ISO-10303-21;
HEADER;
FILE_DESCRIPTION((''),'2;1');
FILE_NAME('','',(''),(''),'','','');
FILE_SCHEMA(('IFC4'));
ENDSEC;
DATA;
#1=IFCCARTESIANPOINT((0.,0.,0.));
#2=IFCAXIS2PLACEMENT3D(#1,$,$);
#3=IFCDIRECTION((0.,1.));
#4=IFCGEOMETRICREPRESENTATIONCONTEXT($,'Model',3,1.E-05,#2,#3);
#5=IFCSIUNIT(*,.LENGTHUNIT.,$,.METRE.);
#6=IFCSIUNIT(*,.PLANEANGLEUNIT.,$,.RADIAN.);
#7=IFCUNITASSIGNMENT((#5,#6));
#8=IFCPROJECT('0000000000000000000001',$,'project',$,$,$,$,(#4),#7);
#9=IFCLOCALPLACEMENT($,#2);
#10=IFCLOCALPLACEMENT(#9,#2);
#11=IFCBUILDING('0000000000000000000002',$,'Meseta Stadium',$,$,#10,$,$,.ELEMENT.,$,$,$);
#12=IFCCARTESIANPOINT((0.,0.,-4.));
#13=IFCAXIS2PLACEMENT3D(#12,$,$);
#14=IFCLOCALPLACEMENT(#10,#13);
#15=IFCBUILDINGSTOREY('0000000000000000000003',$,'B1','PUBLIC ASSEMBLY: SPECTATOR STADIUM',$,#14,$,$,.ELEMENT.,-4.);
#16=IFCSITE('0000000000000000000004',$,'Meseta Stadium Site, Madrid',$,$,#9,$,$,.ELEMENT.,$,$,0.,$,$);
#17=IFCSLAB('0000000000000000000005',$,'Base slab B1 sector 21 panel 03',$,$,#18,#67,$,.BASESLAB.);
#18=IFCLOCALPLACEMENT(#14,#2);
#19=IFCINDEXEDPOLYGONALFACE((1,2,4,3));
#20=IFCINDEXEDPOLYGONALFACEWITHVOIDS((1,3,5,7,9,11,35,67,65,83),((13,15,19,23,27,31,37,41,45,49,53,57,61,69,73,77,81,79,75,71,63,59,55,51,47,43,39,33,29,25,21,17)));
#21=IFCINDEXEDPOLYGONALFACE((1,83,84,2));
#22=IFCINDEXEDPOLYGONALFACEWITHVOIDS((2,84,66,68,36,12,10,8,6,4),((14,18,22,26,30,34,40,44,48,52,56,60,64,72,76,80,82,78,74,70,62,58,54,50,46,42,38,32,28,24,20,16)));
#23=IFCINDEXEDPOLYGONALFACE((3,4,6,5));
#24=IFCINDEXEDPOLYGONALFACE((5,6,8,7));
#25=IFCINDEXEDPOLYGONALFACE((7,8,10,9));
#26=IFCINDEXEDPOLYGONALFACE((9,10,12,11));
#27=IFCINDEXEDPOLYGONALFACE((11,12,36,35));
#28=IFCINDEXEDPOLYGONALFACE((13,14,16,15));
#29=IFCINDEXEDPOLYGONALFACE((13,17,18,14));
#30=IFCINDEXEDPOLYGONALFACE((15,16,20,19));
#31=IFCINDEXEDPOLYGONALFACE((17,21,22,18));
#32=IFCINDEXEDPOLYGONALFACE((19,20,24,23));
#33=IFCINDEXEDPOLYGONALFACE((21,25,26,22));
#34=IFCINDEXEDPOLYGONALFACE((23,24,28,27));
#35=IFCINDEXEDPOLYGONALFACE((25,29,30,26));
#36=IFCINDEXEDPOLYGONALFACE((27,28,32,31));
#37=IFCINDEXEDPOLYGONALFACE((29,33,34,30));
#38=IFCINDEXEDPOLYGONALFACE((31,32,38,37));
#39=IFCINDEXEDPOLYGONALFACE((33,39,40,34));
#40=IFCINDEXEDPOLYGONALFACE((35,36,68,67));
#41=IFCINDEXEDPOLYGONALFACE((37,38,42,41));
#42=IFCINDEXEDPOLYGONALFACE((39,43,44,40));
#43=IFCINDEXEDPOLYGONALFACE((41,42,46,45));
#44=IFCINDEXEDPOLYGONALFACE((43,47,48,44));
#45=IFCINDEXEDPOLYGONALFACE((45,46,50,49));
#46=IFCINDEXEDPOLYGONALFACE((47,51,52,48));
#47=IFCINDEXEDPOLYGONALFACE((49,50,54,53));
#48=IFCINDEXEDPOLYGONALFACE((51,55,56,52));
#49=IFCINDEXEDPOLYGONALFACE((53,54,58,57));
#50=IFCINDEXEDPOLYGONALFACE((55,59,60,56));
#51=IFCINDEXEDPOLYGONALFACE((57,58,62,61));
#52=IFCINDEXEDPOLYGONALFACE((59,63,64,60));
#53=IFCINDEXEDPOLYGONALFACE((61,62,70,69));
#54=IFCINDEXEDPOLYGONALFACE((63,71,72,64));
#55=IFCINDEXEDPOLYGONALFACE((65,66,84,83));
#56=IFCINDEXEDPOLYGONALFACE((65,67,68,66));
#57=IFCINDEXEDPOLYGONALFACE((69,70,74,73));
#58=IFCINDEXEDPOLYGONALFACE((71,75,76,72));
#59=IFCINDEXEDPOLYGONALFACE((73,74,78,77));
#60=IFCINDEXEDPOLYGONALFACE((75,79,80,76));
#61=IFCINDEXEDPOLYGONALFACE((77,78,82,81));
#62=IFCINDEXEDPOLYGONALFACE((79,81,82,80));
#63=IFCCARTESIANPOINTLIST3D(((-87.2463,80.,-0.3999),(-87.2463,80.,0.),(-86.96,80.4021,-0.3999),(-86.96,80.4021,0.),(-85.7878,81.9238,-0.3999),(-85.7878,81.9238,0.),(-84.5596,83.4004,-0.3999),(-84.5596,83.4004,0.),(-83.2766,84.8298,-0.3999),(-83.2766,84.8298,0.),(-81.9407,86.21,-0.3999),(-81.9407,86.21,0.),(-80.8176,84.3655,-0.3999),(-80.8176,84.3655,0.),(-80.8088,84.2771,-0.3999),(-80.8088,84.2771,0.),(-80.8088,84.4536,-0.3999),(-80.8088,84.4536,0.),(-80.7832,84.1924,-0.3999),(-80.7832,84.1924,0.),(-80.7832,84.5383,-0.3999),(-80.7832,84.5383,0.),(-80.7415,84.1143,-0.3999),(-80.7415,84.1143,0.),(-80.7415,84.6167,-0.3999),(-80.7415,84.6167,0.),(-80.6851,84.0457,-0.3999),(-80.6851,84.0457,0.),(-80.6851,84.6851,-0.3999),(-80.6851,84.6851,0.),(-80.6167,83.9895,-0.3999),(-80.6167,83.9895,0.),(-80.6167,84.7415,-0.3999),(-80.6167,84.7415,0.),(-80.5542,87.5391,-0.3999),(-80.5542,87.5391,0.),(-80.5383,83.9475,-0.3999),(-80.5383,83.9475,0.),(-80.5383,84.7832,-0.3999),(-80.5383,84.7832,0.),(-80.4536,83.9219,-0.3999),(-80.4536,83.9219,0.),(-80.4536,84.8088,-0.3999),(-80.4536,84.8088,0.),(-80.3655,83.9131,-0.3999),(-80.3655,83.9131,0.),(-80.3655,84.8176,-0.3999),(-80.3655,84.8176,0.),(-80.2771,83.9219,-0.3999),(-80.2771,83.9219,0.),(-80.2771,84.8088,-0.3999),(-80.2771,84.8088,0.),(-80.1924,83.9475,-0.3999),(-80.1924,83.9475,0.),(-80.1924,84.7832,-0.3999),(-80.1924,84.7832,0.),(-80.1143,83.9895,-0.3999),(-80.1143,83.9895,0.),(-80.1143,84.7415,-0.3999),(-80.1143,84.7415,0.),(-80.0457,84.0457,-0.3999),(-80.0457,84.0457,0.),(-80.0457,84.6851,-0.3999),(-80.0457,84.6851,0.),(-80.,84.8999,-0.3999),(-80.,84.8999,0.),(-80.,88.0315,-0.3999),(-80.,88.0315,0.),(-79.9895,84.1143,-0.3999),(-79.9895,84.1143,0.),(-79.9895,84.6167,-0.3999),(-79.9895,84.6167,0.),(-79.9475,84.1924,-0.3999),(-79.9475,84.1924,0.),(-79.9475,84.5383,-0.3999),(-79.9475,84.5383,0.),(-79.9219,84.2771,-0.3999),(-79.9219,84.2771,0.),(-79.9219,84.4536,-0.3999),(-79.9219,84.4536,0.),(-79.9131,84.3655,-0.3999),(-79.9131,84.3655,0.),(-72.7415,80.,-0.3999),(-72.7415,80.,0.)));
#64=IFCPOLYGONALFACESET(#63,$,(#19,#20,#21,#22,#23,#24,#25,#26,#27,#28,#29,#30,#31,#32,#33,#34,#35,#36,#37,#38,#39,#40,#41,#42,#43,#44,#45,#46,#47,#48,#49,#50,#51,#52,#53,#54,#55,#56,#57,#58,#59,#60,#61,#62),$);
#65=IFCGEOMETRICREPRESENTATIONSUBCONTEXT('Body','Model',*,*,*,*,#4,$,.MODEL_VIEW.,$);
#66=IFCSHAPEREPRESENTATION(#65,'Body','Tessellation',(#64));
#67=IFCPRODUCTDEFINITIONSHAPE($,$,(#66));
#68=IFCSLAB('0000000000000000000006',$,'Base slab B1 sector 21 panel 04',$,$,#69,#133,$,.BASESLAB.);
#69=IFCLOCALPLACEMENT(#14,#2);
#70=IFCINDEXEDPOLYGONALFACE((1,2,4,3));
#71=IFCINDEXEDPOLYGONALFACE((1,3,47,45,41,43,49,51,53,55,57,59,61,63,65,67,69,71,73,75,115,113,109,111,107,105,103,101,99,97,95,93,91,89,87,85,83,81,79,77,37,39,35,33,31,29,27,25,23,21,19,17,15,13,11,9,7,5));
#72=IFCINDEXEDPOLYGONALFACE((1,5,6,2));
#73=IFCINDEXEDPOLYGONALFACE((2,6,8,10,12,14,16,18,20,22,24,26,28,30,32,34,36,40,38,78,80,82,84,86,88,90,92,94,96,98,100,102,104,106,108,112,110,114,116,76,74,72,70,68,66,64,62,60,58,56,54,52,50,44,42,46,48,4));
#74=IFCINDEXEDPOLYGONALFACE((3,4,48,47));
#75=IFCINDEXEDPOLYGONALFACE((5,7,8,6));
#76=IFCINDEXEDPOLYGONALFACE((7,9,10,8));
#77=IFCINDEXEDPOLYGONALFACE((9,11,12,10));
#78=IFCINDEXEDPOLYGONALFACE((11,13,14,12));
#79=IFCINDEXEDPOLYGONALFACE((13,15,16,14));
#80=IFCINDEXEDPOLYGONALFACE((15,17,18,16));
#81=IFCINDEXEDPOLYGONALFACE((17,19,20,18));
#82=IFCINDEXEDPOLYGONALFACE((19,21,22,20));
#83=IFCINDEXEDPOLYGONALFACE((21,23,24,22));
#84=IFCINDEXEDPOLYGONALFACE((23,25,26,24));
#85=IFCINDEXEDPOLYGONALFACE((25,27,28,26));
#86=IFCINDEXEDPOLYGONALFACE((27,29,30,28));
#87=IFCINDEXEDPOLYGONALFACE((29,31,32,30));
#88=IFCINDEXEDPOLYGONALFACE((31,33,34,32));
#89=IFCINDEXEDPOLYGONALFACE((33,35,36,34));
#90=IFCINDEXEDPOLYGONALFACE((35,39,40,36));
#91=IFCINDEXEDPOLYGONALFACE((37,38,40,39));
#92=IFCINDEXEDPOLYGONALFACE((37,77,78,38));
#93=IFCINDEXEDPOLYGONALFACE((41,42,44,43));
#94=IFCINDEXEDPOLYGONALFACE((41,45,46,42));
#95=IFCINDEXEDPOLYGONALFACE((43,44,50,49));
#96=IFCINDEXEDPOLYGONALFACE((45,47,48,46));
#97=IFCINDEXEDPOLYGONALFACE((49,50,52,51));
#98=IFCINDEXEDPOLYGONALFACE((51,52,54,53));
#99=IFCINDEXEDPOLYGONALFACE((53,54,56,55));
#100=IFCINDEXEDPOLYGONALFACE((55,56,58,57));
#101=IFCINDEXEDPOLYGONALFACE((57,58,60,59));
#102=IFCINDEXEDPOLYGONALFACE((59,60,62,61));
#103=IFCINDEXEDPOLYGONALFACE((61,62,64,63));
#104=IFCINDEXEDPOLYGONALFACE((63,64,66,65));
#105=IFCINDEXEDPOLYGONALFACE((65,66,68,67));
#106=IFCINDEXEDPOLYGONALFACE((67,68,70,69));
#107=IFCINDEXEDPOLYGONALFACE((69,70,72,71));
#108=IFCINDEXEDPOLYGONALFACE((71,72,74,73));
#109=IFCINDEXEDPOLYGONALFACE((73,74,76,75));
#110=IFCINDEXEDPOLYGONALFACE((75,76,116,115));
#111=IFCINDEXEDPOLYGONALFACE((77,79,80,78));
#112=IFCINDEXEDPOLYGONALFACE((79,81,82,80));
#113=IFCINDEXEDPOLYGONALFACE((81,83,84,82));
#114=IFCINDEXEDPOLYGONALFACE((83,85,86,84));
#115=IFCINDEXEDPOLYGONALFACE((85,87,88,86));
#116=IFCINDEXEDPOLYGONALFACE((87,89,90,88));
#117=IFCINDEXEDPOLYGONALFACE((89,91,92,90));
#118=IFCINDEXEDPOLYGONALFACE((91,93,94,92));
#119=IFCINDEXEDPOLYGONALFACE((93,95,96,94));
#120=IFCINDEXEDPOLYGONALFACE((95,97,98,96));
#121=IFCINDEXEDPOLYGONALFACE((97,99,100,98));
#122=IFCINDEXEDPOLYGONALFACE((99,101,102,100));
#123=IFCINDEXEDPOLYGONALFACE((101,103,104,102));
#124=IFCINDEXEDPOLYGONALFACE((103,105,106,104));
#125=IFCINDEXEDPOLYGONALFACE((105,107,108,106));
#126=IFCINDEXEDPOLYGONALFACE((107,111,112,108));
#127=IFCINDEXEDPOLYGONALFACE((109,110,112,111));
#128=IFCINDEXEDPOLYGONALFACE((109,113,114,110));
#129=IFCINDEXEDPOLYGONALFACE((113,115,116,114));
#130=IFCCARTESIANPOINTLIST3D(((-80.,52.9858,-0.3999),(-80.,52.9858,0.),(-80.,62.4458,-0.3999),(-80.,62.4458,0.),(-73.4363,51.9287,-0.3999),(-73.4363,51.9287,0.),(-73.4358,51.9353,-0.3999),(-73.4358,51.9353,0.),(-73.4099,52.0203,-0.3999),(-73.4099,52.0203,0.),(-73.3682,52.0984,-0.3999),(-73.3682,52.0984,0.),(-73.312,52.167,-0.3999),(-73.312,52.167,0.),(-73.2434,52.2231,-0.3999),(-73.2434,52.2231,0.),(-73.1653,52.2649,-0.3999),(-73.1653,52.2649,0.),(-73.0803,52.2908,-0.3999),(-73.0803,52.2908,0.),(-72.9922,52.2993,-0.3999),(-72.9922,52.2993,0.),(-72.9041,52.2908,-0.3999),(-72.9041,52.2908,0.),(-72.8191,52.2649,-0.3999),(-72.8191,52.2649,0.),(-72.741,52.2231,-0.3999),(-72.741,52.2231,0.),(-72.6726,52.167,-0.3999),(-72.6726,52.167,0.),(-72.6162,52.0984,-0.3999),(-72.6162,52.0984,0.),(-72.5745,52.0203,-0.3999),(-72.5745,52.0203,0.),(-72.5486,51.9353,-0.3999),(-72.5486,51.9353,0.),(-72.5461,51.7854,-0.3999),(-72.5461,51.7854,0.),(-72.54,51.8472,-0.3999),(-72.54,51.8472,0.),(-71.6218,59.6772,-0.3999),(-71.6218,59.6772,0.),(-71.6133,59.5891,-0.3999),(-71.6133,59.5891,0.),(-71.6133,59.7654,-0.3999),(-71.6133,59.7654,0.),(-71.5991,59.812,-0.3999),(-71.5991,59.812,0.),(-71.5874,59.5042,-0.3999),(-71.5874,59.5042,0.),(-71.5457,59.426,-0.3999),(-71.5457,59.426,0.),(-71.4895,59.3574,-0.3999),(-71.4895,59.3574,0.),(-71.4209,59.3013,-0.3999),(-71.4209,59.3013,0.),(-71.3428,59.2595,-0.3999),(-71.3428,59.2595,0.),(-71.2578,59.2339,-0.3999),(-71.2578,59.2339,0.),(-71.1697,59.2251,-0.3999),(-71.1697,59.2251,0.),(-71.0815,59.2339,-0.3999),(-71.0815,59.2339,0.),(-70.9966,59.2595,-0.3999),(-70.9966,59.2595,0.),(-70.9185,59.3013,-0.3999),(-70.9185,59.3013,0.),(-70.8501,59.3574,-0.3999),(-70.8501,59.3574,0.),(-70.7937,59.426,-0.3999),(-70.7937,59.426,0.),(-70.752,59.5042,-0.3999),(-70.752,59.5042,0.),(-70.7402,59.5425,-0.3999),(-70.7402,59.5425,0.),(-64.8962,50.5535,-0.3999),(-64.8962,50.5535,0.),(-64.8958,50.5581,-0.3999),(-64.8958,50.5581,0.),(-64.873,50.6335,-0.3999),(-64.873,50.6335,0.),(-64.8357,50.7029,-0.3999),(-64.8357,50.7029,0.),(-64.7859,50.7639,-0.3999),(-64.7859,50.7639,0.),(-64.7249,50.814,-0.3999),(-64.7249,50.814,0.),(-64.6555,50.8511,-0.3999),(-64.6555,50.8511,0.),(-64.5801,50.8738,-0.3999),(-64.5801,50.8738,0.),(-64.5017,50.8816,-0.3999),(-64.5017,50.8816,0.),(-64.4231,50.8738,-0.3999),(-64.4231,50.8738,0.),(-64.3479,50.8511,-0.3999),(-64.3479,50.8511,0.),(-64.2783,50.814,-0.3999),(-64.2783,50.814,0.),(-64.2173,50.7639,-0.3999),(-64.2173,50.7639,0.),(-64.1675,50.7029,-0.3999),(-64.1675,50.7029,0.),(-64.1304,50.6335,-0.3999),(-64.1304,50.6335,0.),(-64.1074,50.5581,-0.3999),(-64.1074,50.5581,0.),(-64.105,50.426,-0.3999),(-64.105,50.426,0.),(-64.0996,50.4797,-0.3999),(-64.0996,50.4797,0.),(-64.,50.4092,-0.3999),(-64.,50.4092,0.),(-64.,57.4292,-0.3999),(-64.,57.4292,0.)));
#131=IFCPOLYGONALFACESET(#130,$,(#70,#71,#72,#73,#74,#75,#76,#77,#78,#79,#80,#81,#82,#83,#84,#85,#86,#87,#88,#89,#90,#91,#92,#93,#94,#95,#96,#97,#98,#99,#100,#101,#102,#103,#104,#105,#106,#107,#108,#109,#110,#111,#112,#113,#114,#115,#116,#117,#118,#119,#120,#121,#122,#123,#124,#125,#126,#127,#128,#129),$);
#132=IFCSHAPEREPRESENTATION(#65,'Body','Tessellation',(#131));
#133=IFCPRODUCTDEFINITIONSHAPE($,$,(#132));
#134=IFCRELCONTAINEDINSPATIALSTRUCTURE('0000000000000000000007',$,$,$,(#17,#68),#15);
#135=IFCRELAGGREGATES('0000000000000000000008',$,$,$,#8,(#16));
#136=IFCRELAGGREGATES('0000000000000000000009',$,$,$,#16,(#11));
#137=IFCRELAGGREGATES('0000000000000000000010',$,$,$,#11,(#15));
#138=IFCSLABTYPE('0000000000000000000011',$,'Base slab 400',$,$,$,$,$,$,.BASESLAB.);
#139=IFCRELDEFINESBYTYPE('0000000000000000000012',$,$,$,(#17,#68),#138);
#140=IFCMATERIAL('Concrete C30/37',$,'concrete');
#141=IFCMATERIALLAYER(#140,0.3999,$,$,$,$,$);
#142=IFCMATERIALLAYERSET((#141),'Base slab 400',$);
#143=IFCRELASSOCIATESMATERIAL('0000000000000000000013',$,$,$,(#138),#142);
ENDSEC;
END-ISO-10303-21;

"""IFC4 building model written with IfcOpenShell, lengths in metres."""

from ifc_helpers import new_model, si_unit, direction, frame, origin, place, context, subcontext, project, spatial, polyline, outline, extrude, material, layer, layer_set, type_object, element, save


model = new_model("IFC4")

# Units and contexts
model_context = context("Model", 3, precision=1e-05, world=origin(), true_north=direction((0.0, 1.0)))
body_context = subcontext(model_context, "Body", "Model", "MODEL_VIEW")
ifc_project = project(units=[si_unit("LENGTHUNIT", "METRE"), si_unit("PLANEANGLEUNIT", "RADIAN")], contexts=[model_context])

# Site, building, storey
site_placement = place(None, origin())
site = spatial("IfcSite", under=ifc_project, at=site_placement, Name="Meseta Stadium Site, Madrid", CompositionType="ELEMENT", RefElevation=0.0)
building_placement = place(site_placement, origin())
building = spatial("IfcBuilding", under=site, at=building_placement, Name="Meseta Stadium", CompositionType="ELEMENT")
storey_placement = place(building_placement, frame((0.0, 0.0, -4.0)))
storey = spatial("IfcBuildingStorey", under=building, at=storey_placement, Name="B1", Description="PUBLIC ASSEMBLY: SPECTATOR STADIUM", CompositionType="ELEMENT", Elevation=-4.0)

# Slabs
ifc_material_1 = material(Name="Concrete C30/37", Category="concrete")
ifc_layer = layer(ifc_material_1, 0.3999)
ifc_layer_set = layer_set([ifc_layer], Name="Base slab 400")
slab_type = type_object("IfcSlabType", Name="Base slab 400", PredefinedType="BASESLAB", material=ifc_layer_set)
slab_1_placement = place(storey_placement, frame((0.0, 0.0, -0.3999)))
element("IfcSlab", 1, at=slab_1_placement, inside=storey, type_object=slab_type, Name="Base slab B1 sector 21 panel 03", PredefinedType="BASESLAB", context=body_context, shape_type="SweptSolid", body=[
    extrude(outline(polyline([(-80.5542, 87.5391), (-81.9407, 86.21), (-83.2766, 84.8298), (-84.5596, 83.4004), (-85.7878, 81.9238), (-86.96, 80.4021), (-87.2463, 80.0), (-72.7415, 80.0), (-80.0, 84.8999), (-80.0, 88.0315), (-80.5542, 87.5391)]), holes=[polyline([(-80.1143, 84.7415), (-80.0457, 84.6851), (-79.9895, 84.6167), (-79.9475, 84.5383), (-79.9219, 84.4536), (-79.9131, 84.3655), (-79.9219, 84.2771), (-79.9475, 84.1924), (-79.9895, 84.1143), (-80.0457, 84.0457), (-80.1143, 83.9895), (-80.1924, 83.9475), (-80.2771, 83.9219), (-80.3655, 83.9131), (-80.4536, 83.9219), (-80.5383, 83.9475), (-80.6167, 83.9895), (-80.6851, 84.0457), (-80.7415, 84.1143), (-80.7832, 84.1924), (-80.8088, 84.2771), (-80.8176, 84.3655), (-80.8088, 84.4536), (-80.7832, 84.5383), (-80.7415, 84.6167), (-80.6851, 84.6851), (-80.6167, 84.7415), (-80.5383, 84.7832), (-80.4536, 84.8088), (-80.3655, 84.8176), (-80.2771, 84.8088), (-80.1924, 84.7832), (-80.1143, 84.7415)])]), origin(), (0.0, 0.0, 1.0), 0.3999),
])
slab_2_placement = place(storey_placement, frame((0.0, 0.0, -0.3999)))
element("IfcSlab", 2, at=slab_2_placement, inside=storey, type_object=slab_type, Name="Base slab B1 sector 21 panel 04", PredefinedType="BASESLAB", context=body_context, shape_type="SweptSolid", body=[
    extrude(outline(polyline([(-64.0996, 50.4797), (-64.105, 50.426), (-64.0, 50.4092), (-64.0, 57.4292), (-70.7402, 59.5425), (-70.752, 59.5042), (-70.7937, 59.426), (-70.8501, 59.3574), (-70.9185, 59.3013), (-70.9966, 59.2595), (-71.0815, 59.2339), (-71.1697, 59.2251), (-71.2578, 59.2339), (-71.3428, 59.2595), (-71.4209, 59.3013), (-71.4895, 59.3574), (-71.5457, 59.426), (-71.5874, 59.5042), (-71.6133, 59.5891), (-71.6218, 59.6772), (-71.6133, 59.7654), (-71.5991, 59.812), (-80.0, 62.4458), (-80.0, 52.9858), (-73.4363, 51.9287), (-73.4358, 51.9353), (-73.4099, 52.0203), (-73.3682, 52.0984), (-73.312, 52.167), (-73.2434, 52.2231), (-73.1653, 52.2649), (-73.0803, 52.2908), (-72.9922, 52.2993), (-72.9041, 52.2908), (-72.8191, 52.2649), (-72.741, 52.2231), (-72.6726, 52.167), (-72.6162, 52.0984), (-72.5745, 52.0203), (-72.5486, 51.9353), (-72.54, 51.8472), (-72.5461, 51.7854), (-64.8962, 50.5535), (-64.8958, 50.5581), (-64.873, 50.6335), (-64.8357, 50.7029), (-64.7859, 50.7639), (-64.7249, 50.814), (-64.6555, 50.8511), (-64.5801, 50.8738), (-64.5017, 50.8816), (-64.4231, 50.8738), (-64.3479, 50.8511), (-64.2783, 50.814), (-64.2173, 50.7639), (-64.1675, 50.7029), (-64.1304, 50.6335), (-64.1074, 50.5581), (-64.0996, 50.4797)])), origin(), (0.0, 0.0, 1.0), 0.3999),
])

save(model, "model.ifc")
